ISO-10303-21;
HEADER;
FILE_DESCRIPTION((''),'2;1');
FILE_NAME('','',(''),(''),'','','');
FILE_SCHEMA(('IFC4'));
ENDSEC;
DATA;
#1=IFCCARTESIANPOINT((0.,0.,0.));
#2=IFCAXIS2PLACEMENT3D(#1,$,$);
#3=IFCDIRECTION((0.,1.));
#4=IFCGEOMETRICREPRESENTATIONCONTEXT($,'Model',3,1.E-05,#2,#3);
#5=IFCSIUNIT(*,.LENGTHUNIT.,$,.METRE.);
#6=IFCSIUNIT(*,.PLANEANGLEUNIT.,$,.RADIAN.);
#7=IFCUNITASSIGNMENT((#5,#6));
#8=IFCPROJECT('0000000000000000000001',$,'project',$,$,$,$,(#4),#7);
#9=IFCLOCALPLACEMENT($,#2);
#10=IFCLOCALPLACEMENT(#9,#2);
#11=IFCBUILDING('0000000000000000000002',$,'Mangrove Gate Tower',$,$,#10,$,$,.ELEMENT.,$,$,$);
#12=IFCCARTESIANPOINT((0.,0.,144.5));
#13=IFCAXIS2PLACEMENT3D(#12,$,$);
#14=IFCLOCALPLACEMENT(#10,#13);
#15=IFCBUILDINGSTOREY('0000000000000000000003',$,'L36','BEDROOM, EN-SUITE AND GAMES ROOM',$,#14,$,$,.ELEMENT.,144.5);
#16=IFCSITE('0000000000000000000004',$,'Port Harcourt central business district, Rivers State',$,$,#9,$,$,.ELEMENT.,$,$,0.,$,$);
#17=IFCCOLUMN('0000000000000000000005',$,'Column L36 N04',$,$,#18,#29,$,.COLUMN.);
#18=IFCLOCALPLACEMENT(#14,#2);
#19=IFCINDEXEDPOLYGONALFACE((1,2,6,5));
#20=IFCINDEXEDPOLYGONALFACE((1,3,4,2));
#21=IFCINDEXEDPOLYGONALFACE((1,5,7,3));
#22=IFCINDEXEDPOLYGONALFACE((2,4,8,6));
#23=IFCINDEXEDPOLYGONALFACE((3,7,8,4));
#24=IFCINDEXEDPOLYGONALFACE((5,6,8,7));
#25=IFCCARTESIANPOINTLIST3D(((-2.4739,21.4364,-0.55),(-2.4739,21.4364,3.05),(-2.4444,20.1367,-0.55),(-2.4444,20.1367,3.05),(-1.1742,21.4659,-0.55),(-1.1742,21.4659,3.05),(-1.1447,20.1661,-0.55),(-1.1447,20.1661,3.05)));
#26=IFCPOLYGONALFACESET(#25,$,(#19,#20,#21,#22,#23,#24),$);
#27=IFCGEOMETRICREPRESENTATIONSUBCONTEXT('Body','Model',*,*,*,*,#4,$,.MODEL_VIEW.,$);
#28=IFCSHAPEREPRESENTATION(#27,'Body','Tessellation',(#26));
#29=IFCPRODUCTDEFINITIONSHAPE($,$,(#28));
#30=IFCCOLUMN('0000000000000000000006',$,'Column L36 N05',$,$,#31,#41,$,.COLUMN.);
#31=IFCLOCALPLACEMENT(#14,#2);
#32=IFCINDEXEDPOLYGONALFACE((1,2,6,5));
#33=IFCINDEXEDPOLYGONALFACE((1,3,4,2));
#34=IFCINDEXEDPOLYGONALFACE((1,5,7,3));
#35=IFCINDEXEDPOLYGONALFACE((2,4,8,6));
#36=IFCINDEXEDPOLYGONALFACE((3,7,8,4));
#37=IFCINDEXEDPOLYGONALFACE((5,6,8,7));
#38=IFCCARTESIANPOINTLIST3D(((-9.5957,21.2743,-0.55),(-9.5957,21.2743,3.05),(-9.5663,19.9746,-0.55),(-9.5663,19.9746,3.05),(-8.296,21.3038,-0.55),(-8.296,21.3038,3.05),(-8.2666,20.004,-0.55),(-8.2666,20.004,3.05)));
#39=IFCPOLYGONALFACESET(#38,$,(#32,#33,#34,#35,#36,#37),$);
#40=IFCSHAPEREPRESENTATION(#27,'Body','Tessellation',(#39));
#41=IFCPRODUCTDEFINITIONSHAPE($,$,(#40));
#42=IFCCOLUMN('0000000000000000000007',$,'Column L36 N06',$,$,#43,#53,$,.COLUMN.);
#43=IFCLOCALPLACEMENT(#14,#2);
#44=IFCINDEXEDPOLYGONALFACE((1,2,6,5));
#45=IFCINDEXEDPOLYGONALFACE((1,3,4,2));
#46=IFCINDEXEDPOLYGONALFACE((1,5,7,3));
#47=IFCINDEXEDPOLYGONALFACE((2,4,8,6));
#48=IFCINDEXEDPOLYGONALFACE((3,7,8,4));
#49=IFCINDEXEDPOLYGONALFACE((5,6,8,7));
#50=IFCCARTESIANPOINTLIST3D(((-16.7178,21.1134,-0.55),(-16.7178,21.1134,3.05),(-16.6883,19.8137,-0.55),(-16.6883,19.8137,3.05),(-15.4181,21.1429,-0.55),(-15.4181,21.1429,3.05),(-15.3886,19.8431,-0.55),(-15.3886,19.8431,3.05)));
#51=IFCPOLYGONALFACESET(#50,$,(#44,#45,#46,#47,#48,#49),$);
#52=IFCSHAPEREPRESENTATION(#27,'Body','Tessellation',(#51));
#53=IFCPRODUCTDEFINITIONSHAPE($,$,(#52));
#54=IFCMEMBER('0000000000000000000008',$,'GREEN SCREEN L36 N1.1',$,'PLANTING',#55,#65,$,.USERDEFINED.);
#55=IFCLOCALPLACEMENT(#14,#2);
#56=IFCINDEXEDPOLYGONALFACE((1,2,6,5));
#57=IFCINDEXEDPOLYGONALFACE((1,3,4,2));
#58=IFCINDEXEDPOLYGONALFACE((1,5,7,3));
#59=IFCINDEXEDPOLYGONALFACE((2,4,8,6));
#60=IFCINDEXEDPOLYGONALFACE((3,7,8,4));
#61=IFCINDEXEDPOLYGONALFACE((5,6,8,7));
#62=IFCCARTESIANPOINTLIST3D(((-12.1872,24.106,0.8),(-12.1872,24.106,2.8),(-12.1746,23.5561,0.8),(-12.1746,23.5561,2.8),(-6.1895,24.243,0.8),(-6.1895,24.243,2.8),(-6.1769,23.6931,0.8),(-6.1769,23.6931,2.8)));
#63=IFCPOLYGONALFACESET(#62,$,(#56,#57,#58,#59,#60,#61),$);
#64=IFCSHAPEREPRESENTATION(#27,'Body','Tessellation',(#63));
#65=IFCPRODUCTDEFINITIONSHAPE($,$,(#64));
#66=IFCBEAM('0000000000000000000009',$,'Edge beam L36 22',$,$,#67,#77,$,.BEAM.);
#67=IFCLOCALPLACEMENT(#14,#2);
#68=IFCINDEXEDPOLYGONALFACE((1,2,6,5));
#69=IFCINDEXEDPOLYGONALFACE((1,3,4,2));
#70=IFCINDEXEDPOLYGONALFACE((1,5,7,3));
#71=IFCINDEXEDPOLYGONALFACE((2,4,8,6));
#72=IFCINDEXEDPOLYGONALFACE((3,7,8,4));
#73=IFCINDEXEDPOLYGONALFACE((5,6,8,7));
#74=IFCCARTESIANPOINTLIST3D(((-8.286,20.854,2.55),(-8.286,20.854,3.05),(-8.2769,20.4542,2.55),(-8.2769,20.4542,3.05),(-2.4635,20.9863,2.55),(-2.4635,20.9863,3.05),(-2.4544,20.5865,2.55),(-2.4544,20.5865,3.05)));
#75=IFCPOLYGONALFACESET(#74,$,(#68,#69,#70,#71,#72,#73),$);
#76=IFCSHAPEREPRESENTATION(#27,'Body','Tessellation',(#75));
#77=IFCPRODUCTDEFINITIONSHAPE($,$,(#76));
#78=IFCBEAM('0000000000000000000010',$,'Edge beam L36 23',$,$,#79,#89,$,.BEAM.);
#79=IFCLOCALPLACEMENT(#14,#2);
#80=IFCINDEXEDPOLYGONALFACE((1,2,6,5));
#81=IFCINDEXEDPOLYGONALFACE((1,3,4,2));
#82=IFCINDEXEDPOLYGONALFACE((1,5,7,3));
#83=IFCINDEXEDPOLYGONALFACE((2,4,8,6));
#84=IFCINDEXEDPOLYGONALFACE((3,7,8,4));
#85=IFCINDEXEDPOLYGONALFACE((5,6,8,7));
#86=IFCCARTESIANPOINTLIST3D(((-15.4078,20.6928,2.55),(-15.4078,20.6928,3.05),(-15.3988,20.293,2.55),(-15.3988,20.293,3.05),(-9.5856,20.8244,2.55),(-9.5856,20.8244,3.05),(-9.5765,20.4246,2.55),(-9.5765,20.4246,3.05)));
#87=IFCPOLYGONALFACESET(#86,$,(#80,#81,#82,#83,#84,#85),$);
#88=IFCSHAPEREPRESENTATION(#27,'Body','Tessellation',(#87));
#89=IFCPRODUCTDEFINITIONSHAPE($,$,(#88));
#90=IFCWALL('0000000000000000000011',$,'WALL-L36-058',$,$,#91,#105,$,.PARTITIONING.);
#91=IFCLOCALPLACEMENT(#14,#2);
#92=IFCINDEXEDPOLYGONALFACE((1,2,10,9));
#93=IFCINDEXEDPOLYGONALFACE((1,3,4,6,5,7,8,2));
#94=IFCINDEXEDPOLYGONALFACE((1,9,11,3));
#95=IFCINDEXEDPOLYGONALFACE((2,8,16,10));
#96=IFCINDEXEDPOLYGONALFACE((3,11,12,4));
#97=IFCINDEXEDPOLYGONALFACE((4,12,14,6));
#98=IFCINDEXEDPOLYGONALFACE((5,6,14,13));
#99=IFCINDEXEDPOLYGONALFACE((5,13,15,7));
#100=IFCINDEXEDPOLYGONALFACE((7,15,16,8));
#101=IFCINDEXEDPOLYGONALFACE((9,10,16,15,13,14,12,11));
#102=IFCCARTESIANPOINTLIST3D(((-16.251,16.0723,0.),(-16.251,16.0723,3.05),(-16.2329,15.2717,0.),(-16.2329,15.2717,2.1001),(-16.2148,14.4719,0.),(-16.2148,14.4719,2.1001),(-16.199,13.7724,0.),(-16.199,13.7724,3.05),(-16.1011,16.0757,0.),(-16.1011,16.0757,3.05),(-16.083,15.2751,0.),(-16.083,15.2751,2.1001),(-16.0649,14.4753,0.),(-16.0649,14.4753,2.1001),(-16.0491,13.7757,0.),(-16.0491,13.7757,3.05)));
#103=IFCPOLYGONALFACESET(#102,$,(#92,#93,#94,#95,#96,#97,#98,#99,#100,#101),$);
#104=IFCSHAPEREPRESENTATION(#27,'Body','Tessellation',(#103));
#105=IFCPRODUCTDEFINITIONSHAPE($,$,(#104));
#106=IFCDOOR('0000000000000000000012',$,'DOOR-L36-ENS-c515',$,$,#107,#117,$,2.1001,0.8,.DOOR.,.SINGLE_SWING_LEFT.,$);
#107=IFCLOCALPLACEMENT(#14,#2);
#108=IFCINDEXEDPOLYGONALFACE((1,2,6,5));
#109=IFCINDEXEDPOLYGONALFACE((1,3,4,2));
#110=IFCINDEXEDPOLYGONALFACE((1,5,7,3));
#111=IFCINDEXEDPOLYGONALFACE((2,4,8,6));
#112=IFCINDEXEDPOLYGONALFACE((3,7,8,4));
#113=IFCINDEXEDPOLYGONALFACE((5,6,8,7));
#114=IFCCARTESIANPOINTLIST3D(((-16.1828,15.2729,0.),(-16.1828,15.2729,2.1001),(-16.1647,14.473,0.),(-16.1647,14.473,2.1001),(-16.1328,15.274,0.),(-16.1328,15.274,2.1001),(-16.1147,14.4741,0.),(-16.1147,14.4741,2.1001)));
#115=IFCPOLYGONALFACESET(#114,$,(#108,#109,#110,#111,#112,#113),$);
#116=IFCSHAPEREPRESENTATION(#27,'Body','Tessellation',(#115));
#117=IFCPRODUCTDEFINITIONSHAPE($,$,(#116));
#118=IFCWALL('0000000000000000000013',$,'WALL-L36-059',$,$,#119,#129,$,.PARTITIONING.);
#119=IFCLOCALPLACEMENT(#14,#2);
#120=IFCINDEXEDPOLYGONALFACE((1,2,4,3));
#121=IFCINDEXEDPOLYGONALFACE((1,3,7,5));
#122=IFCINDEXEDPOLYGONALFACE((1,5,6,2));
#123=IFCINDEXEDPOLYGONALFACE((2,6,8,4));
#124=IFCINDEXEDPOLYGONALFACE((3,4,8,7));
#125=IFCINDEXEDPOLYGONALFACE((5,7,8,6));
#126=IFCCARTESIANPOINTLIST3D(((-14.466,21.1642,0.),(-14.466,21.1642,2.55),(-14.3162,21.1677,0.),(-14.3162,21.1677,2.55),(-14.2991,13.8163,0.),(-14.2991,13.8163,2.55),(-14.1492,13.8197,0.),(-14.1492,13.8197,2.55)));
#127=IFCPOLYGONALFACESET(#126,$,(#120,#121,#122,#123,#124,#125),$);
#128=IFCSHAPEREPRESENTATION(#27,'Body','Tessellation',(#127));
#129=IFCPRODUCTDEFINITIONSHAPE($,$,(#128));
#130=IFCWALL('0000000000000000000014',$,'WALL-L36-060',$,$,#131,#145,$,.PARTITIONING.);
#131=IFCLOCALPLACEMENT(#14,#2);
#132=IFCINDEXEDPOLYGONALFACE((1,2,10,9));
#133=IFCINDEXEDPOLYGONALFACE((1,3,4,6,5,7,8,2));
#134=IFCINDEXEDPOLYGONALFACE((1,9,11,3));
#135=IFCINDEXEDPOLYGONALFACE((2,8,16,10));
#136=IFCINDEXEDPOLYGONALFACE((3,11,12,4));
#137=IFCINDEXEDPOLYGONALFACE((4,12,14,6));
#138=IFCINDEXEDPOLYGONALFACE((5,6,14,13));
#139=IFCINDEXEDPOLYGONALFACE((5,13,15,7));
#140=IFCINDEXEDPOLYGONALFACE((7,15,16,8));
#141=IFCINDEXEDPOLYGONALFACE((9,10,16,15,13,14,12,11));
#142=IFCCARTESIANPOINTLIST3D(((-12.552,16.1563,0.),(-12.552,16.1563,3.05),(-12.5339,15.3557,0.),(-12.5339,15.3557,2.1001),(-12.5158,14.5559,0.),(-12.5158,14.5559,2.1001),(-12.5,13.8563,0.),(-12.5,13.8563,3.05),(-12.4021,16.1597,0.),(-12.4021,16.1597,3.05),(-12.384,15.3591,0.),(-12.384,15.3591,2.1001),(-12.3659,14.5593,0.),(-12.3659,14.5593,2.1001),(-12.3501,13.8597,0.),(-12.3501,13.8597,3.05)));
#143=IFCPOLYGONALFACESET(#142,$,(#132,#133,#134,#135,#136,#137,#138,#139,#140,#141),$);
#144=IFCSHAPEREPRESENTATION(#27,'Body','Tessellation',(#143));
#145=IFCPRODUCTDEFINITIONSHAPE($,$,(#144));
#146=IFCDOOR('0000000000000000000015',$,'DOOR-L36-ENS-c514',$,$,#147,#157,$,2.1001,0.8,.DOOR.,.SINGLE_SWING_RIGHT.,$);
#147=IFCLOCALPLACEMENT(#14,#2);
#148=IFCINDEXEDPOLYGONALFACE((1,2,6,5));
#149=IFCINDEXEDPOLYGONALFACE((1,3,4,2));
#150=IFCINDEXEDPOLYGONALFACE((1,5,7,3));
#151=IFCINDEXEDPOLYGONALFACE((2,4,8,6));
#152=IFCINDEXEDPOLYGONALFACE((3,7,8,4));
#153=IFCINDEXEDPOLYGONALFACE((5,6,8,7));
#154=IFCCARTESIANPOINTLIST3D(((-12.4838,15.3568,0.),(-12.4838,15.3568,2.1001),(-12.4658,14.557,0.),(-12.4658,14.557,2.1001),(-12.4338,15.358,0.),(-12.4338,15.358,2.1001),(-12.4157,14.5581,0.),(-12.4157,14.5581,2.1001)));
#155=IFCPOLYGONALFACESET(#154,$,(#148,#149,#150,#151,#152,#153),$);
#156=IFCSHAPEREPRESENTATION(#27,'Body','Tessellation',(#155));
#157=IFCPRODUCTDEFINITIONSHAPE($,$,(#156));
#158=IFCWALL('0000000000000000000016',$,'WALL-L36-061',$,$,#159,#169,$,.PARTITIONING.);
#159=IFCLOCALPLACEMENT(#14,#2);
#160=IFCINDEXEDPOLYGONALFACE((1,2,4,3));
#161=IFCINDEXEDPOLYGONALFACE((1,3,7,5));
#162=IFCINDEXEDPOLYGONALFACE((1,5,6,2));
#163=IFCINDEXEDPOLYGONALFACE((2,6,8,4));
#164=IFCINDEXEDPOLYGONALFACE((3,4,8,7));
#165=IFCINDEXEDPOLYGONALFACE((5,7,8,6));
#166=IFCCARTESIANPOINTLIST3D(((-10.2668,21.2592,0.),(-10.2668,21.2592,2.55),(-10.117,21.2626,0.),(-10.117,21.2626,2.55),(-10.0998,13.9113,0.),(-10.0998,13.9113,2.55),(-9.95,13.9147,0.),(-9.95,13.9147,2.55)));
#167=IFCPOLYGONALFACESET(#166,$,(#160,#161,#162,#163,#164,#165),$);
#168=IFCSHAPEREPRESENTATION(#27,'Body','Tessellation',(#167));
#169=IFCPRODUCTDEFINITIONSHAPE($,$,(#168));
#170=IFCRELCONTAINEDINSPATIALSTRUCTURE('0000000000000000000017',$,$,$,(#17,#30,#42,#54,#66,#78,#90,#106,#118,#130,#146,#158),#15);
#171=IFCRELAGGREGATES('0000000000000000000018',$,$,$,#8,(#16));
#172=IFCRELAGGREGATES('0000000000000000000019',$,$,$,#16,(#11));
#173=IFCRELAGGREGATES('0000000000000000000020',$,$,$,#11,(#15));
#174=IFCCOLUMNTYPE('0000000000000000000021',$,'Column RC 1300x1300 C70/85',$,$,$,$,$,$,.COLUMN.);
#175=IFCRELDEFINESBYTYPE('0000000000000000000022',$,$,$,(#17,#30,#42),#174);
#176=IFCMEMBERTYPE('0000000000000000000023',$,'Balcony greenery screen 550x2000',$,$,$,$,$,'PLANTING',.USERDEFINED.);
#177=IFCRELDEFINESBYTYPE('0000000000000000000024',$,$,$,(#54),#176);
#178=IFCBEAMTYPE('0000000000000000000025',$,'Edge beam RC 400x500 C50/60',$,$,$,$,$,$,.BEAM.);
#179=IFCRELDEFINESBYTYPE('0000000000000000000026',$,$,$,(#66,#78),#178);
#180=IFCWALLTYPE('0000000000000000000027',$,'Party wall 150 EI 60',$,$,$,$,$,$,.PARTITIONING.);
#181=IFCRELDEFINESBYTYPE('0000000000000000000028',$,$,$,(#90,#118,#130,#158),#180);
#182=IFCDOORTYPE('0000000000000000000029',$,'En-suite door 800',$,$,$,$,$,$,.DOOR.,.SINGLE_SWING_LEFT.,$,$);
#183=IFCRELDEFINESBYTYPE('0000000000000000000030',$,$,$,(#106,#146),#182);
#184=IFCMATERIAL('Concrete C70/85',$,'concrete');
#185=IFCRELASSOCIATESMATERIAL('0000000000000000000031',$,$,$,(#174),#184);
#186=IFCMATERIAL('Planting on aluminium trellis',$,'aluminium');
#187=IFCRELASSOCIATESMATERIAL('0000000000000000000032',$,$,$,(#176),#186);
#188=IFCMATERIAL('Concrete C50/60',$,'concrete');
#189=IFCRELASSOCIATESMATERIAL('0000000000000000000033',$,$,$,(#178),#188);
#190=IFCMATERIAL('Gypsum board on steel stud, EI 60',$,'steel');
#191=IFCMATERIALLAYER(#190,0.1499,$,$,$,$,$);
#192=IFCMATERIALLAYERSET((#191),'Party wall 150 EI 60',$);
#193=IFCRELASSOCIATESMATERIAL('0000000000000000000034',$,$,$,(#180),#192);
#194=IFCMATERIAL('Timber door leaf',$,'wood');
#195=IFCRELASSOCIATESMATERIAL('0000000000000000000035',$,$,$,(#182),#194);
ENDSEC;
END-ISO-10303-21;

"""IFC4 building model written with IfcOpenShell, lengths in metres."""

from ifc_helpers import new_model, si_unit, direction, frame, frame_2d, origin, origin_2d, place, context, subcontext, project, spatial, rectangle, extrude, material, layer, layer_set, material_profile, profile_set, type_object, element, fill, save


model = new_model("IFC4")

# Units and contexts
model_context = context("Model", 3, precision=1e-05, world=origin(), true_north=direction((0.0, 1.0)))
body_context = subcontext(model_context, "Body", "Model", "MODEL_VIEW")
ifc_project = project(units=[si_unit("LENGTHUNIT", "METRE"), si_unit("PLANEANGLEUNIT", "RADIAN")], contexts=[model_context])

# Site, building, storey
site_placement = place(None, origin())
site = spatial("IfcSite", under=ifc_project, at=site_placement, Name="Port Harcourt central business district, Rivers State", CompositionType="ELEMENT", RefElevation=0.0)
building_placement = place(site_placement, origin())
building = spatial("IfcBuilding", under=site, at=building_placement, Name="Mangrove Gate Tower", CompositionType="ELEMENT")
storey_placement = place(building_placement, frame((0.0, 0.0, 144.5)))
storey = spatial("IfcBuildingStorey", under=building, at=storey_placement, Name="L36", Description="BEDROOM, EN-SUITE AND GAMES ROOM", CompositionType="ELEMENT", Elevation=144.5)

# Columns
ifc_material_1 = material(Name="Concrete C70/85", Category="concrete")
ifc_material_profile_1 = material_profile(ifc_material_1, rectangle(XDim=1.3, YDim=1.3, at=origin_2d()))
ifc_profile_set_1 = profile_set([ifc_material_profile_1], Name="Concrete C70/85")
column_type = type_object("IfcColumnType", Name="Column RC 1300x1300 C70/85", PredefinedType="COLUMN", material=ifc_profile_set_1)
for number, where, z_axis, x_axis, name in (
    (1, (-1.8093, 20.8013, -0.55), (0.0, 0.0, 1.0), (-0.999743, -0.02267, 0.0), "Column L36 N04"),
    (2, (-8.9312, 20.6392, -0.55), (0.0, 0.0, 1.0), (-0.999743, -0.02267, 0.0), "Column L36 N05"),
    (3, (-16.0532, 20.4783, -0.55), (0.0, 0.0, 1.0), (-0.999743, -0.022669, 0.0), "Column L36 N06"),
):
    element("IfcColumn", number, at=place(storey_placement, frame(where, z_axis=z_axis, x_axis=x_axis)), inside=storey, type_object=column_type, Name=name, PredefinedType="COLUMN", context=body_context, shape_type="SweptSolid", body=[
        extrude(rectangle(XDim=1.3, YDim=1.3, at=origin_2d()), origin(), (0.0, 0.0, 1.0), 3.6001),
    ])

# Member
ifc_material_2 = material(Name="Planting on aluminium trellis", Category="aluminium")
ifc_material_profile_2 = material_profile(ifc_material_2, rectangle(XDim=0.55, YDim=2.0, at=origin_2d()))
ifc_profile_set_2 = profile_set([ifc_material_profile_2], Name="Planting on aluminium trellis")
member_type = type_object("IfcMemberType", Name="Balcony greenery screen 550x2000", ElementType="PLANTING", PredefinedType="USERDEFINED", material=ifc_profile_set_2)
member_placement = place(storey_placement, frame((-12.1809, 23.8311, 1.8), z_axis=(0.999739, 0.02283, 0.0), x_axis=(-0.02283, 0.999739, 0.0)))
element("IfcMember", 4, at=member_placement, inside=storey, type_object=member_type, Name="GREEN SCREEN L36 N1.1", ObjectType="PLANTING", PredefinedType="USERDEFINED", context=body_context, shape_type="SweptSolid", body=[
    extrude(rectangle(XDim=0.55, YDim=2.0, at=origin_2d()), origin(), (0.0, 0.0, 1.0), 5.9993),
])

# Beams
ifc_material_3 = material(Name="Concrete C50/60", Category="concrete")
ifc_material_profile_3 = material_profile(ifc_material_3, rectangle(XDim=0.3999, YDim=0.5, at=origin_2d()))
ifc_profile_set_3 = profile_set([ifc_material_profile_3], Name="Concrete C50/60")
beam_type = type_object("IfcBeamType", Name="Edge beam RC 400x500 C50/60", PredefinedType="BEAM", material=ifc_profile_set_3)
beam_1_placement = place(storey_placement, frame((-2.459, 20.7864, 2.8), z_axis=(-0.999742, -0.02272, 0.0), x_axis=(0.02272, -0.999742, 0.0)))
element("IfcBeam", 5, at=beam_1_placement, inside=storey, type_object=beam_type, Name="Edge beam L36 22", PredefinedType="BEAM", context=body_context, shape_type="SweptSolid", body=[
    extrude(rectangle(XDim=0.3999, YDim=0.5, at=origin_2d()), origin(), (0.0, 0.0, 1.0), 5.824),
])
beam_2_placement = place(storey_placement, frame((-9.5811, 20.6245, 2.8), z_axis=(-0.999745, -0.022596, 0.0), x_axis=(0.022596, -0.999745, 0.0)))
element("IfcBeam", 6, at=beam_2_placement, inside=storey, type_object=beam_type, Name="Edge beam L36 23", PredefinedType="BEAM", context=body_context, shape_type="SweptSolid", body=[
    extrude(rectangle(XDim=0.3999, YDim=0.5, at=origin_2d()), origin(), (0.0, 0.0, 1.0), 5.8237),
])

# Wall, opening, door
ifc_material_4 = material(Name="Gypsum board on steel stud, EI 60", Category="steel")
ifc_layer_1 = layer(ifc_material_4, 0.1499)
ifc_layer_set_1 = layer_set([ifc_layer_1], Name="Party wall 150 EI 60")
wall_type_1 = type_object("IfcWallType", Name="Party wall 150 EI 60", PredefinedType="PARTITIONING", material=ifc_layer_set_1)
wall_1_placement = place(storey_placement, frame((-16.124, 13.7739, 0.0), z_axis=(0.0, 0.0, 1.0), x_axis=(-0.022603, 0.999745, 0.0)))
wall_1 = element("IfcWall", 7, at=wall_1_placement, inside=storey, type_object=wall_type_1, Name="WALL-L36-058", PredefinedType="PARTITIONING", context=body_context, shape_type="SweptSolid", body=[
    extrude(rectangle(XDim=2.3005, YDim=0.1499, at=frame_2d((1.1504, 0.0))), origin(), (0.0, 0.0, 1.0), 3.05),
])
opening_1_placement = place(wall_1_placement, frame((0.7, 0.0, 0.0)))
opening_1 = element("IfcOpeningElement", 8, at=opening_1_placement, cuts=wall_1, PredefinedType="OPENING", context=body_context, shape_type="SweptSolid", body=[
    extrude(rectangle(XDim=0.8, YDim=2.1001, at=frame_2d((0.3999, 1.05))), frame((0.0, 0.085, 0.0), z_axis=(0.0, -1.0, 0.0), x_axis=(1.0, 0.0, 0.0)), (0.0, 0.0, 1.0), 0.1699),
])
ifc_material_5 = material(Name="Timber door leaf", Category="wood")
door_type = type_object("IfcDoorType", Name="En-suite door 800", OperationType="SINGLE_SWING_LEFT", PredefinedType="DOOR", material=ifc_material_5)
door_1_placement = place(opening_1_placement, origin())
door_1 = element("IfcDoor", 9, at=door_1_placement, inside=storey, type_object=door_type, Name="DOOR-L36-ENS-c515", OperationType="SINGLE_SWING_LEFT", OverallHeight=2.1001, OverallWidth=0.8, PredefinedType="DOOR", context=body_context, shape_type="SweptSolid", body=[
    extrude(rectangle(XDim=0.8, YDim=2.1001, at=frame_2d((0.3999, 1.05))), frame((0.0, 0.0249, 0.0), z_axis=(0.0, -1.0, 0.0), x_axis=(1.0, 0.0, 0.0)), (0.0, 0.0, 1.0), 0.05),
])
fill(opening_1, door_1)

# Wall
wall_2_placement = place(storey_placement, frame((-14.2241, 13.8181, 0.0), z_axis=(0.0, 0.0, 1.0), x_axis=(-0.022721, 0.999742, 0.0)))
element("IfcWall", 10, at=wall_2_placement, inside=storey, type_object=wall_type_1, Name="WALL-L36-059", PredefinedType="PARTITIONING", context=body_context, shape_type="SweptSolid", body=[
    extrude(rectangle(XDim=7.3499, YDim=0.1499, at=frame_2d((3.6748, 0.0))), origin(), (0.0, 0.0, 1.0), 2.55),
])

# Wall, opening, door
wall_3_placement = place(storey_placement, frame((-12.425, 13.8579, 0.0), z_axis=(0.0, 0.0, 1.0), x_axis=(-0.022603, 0.999745, 0.0)))
wall_3 = element("IfcWall", 11, at=wall_3_placement, inside=storey, type_object=wall_type_1, Name="WALL-L36-060", PredefinedType="PARTITIONING", context=body_context, shape_type="SweptSolid", body=[
    extrude(rectangle(XDim=2.3005, YDim=0.1499, at=frame_2d((1.1504, 0.0))), origin(), (0.0, 0.0, 1.0), 3.05),
])
opening_2_placement = place(wall_3_placement, frame((0.7, 0.0, 0.0)))
opening_2 = element("IfcOpeningElement", 12, at=opening_2_placement, cuts=wall_3, PredefinedType="OPENING", context=body_context, shape_type="SweptSolid", body=[
    extrude(rectangle(XDim=0.8, YDim=2.1001, at=frame_2d((0.3999, 1.05))), frame((0.0, 0.085, 0.0), z_axis=(0.0, -1.0, 0.0), x_axis=(1.0, 0.0, 0.0)), (0.0, 0.0, 1.0), 0.1699),
])
door_2_placement = place(opening_2_placement, origin())
door_2 = element("IfcDoor", 13, at=door_2_placement, inside=storey, type_object=door_type, Name="DOOR-L36-ENS-c514", OperationType="SINGLE_SWING_RIGHT", OverallHeight=2.1001, OverallWidth=0.8, PredefinedType="DOOR", context=body_context, shape_type="SweptSolid", body=[
    extrude(rectangle(XDim=0.8, YDim=2.1001, at=frame_2d((0.3999, 1.05))), frame((0.0, 0.0249, 0.0), z_axis=(0.0, -1.0, 0.0), x_axis=(1.0, 0.0, 0.0)), (0.0, 0.0, 1.0), 0.05),
])
fill(opening_2, door_2)

# Wall
wall_4_placement = place(storey_placement, frame((-10.0249, 13.9131, 0.0), z_axis=(0.0, 0.0, 1.0), x_axis=(-0.022721, 0.999742, 0.0)))
element("IfcWall", 14, at=wall_4_placement, inside=storey, type_object=wall_type_1, Name="WALL-L36-061", PredefinedType="PARTITIONING", context=body_context, shape_type="SweptSolid", body=[
    extrude(rectangle(XDim=7.3499, YDim=0.1499, at=frame_2d((3.6748, 0.0))), origin(), (0.0, 0.0, 1.0), 2.55),
])

save(model, "model.ifc")
